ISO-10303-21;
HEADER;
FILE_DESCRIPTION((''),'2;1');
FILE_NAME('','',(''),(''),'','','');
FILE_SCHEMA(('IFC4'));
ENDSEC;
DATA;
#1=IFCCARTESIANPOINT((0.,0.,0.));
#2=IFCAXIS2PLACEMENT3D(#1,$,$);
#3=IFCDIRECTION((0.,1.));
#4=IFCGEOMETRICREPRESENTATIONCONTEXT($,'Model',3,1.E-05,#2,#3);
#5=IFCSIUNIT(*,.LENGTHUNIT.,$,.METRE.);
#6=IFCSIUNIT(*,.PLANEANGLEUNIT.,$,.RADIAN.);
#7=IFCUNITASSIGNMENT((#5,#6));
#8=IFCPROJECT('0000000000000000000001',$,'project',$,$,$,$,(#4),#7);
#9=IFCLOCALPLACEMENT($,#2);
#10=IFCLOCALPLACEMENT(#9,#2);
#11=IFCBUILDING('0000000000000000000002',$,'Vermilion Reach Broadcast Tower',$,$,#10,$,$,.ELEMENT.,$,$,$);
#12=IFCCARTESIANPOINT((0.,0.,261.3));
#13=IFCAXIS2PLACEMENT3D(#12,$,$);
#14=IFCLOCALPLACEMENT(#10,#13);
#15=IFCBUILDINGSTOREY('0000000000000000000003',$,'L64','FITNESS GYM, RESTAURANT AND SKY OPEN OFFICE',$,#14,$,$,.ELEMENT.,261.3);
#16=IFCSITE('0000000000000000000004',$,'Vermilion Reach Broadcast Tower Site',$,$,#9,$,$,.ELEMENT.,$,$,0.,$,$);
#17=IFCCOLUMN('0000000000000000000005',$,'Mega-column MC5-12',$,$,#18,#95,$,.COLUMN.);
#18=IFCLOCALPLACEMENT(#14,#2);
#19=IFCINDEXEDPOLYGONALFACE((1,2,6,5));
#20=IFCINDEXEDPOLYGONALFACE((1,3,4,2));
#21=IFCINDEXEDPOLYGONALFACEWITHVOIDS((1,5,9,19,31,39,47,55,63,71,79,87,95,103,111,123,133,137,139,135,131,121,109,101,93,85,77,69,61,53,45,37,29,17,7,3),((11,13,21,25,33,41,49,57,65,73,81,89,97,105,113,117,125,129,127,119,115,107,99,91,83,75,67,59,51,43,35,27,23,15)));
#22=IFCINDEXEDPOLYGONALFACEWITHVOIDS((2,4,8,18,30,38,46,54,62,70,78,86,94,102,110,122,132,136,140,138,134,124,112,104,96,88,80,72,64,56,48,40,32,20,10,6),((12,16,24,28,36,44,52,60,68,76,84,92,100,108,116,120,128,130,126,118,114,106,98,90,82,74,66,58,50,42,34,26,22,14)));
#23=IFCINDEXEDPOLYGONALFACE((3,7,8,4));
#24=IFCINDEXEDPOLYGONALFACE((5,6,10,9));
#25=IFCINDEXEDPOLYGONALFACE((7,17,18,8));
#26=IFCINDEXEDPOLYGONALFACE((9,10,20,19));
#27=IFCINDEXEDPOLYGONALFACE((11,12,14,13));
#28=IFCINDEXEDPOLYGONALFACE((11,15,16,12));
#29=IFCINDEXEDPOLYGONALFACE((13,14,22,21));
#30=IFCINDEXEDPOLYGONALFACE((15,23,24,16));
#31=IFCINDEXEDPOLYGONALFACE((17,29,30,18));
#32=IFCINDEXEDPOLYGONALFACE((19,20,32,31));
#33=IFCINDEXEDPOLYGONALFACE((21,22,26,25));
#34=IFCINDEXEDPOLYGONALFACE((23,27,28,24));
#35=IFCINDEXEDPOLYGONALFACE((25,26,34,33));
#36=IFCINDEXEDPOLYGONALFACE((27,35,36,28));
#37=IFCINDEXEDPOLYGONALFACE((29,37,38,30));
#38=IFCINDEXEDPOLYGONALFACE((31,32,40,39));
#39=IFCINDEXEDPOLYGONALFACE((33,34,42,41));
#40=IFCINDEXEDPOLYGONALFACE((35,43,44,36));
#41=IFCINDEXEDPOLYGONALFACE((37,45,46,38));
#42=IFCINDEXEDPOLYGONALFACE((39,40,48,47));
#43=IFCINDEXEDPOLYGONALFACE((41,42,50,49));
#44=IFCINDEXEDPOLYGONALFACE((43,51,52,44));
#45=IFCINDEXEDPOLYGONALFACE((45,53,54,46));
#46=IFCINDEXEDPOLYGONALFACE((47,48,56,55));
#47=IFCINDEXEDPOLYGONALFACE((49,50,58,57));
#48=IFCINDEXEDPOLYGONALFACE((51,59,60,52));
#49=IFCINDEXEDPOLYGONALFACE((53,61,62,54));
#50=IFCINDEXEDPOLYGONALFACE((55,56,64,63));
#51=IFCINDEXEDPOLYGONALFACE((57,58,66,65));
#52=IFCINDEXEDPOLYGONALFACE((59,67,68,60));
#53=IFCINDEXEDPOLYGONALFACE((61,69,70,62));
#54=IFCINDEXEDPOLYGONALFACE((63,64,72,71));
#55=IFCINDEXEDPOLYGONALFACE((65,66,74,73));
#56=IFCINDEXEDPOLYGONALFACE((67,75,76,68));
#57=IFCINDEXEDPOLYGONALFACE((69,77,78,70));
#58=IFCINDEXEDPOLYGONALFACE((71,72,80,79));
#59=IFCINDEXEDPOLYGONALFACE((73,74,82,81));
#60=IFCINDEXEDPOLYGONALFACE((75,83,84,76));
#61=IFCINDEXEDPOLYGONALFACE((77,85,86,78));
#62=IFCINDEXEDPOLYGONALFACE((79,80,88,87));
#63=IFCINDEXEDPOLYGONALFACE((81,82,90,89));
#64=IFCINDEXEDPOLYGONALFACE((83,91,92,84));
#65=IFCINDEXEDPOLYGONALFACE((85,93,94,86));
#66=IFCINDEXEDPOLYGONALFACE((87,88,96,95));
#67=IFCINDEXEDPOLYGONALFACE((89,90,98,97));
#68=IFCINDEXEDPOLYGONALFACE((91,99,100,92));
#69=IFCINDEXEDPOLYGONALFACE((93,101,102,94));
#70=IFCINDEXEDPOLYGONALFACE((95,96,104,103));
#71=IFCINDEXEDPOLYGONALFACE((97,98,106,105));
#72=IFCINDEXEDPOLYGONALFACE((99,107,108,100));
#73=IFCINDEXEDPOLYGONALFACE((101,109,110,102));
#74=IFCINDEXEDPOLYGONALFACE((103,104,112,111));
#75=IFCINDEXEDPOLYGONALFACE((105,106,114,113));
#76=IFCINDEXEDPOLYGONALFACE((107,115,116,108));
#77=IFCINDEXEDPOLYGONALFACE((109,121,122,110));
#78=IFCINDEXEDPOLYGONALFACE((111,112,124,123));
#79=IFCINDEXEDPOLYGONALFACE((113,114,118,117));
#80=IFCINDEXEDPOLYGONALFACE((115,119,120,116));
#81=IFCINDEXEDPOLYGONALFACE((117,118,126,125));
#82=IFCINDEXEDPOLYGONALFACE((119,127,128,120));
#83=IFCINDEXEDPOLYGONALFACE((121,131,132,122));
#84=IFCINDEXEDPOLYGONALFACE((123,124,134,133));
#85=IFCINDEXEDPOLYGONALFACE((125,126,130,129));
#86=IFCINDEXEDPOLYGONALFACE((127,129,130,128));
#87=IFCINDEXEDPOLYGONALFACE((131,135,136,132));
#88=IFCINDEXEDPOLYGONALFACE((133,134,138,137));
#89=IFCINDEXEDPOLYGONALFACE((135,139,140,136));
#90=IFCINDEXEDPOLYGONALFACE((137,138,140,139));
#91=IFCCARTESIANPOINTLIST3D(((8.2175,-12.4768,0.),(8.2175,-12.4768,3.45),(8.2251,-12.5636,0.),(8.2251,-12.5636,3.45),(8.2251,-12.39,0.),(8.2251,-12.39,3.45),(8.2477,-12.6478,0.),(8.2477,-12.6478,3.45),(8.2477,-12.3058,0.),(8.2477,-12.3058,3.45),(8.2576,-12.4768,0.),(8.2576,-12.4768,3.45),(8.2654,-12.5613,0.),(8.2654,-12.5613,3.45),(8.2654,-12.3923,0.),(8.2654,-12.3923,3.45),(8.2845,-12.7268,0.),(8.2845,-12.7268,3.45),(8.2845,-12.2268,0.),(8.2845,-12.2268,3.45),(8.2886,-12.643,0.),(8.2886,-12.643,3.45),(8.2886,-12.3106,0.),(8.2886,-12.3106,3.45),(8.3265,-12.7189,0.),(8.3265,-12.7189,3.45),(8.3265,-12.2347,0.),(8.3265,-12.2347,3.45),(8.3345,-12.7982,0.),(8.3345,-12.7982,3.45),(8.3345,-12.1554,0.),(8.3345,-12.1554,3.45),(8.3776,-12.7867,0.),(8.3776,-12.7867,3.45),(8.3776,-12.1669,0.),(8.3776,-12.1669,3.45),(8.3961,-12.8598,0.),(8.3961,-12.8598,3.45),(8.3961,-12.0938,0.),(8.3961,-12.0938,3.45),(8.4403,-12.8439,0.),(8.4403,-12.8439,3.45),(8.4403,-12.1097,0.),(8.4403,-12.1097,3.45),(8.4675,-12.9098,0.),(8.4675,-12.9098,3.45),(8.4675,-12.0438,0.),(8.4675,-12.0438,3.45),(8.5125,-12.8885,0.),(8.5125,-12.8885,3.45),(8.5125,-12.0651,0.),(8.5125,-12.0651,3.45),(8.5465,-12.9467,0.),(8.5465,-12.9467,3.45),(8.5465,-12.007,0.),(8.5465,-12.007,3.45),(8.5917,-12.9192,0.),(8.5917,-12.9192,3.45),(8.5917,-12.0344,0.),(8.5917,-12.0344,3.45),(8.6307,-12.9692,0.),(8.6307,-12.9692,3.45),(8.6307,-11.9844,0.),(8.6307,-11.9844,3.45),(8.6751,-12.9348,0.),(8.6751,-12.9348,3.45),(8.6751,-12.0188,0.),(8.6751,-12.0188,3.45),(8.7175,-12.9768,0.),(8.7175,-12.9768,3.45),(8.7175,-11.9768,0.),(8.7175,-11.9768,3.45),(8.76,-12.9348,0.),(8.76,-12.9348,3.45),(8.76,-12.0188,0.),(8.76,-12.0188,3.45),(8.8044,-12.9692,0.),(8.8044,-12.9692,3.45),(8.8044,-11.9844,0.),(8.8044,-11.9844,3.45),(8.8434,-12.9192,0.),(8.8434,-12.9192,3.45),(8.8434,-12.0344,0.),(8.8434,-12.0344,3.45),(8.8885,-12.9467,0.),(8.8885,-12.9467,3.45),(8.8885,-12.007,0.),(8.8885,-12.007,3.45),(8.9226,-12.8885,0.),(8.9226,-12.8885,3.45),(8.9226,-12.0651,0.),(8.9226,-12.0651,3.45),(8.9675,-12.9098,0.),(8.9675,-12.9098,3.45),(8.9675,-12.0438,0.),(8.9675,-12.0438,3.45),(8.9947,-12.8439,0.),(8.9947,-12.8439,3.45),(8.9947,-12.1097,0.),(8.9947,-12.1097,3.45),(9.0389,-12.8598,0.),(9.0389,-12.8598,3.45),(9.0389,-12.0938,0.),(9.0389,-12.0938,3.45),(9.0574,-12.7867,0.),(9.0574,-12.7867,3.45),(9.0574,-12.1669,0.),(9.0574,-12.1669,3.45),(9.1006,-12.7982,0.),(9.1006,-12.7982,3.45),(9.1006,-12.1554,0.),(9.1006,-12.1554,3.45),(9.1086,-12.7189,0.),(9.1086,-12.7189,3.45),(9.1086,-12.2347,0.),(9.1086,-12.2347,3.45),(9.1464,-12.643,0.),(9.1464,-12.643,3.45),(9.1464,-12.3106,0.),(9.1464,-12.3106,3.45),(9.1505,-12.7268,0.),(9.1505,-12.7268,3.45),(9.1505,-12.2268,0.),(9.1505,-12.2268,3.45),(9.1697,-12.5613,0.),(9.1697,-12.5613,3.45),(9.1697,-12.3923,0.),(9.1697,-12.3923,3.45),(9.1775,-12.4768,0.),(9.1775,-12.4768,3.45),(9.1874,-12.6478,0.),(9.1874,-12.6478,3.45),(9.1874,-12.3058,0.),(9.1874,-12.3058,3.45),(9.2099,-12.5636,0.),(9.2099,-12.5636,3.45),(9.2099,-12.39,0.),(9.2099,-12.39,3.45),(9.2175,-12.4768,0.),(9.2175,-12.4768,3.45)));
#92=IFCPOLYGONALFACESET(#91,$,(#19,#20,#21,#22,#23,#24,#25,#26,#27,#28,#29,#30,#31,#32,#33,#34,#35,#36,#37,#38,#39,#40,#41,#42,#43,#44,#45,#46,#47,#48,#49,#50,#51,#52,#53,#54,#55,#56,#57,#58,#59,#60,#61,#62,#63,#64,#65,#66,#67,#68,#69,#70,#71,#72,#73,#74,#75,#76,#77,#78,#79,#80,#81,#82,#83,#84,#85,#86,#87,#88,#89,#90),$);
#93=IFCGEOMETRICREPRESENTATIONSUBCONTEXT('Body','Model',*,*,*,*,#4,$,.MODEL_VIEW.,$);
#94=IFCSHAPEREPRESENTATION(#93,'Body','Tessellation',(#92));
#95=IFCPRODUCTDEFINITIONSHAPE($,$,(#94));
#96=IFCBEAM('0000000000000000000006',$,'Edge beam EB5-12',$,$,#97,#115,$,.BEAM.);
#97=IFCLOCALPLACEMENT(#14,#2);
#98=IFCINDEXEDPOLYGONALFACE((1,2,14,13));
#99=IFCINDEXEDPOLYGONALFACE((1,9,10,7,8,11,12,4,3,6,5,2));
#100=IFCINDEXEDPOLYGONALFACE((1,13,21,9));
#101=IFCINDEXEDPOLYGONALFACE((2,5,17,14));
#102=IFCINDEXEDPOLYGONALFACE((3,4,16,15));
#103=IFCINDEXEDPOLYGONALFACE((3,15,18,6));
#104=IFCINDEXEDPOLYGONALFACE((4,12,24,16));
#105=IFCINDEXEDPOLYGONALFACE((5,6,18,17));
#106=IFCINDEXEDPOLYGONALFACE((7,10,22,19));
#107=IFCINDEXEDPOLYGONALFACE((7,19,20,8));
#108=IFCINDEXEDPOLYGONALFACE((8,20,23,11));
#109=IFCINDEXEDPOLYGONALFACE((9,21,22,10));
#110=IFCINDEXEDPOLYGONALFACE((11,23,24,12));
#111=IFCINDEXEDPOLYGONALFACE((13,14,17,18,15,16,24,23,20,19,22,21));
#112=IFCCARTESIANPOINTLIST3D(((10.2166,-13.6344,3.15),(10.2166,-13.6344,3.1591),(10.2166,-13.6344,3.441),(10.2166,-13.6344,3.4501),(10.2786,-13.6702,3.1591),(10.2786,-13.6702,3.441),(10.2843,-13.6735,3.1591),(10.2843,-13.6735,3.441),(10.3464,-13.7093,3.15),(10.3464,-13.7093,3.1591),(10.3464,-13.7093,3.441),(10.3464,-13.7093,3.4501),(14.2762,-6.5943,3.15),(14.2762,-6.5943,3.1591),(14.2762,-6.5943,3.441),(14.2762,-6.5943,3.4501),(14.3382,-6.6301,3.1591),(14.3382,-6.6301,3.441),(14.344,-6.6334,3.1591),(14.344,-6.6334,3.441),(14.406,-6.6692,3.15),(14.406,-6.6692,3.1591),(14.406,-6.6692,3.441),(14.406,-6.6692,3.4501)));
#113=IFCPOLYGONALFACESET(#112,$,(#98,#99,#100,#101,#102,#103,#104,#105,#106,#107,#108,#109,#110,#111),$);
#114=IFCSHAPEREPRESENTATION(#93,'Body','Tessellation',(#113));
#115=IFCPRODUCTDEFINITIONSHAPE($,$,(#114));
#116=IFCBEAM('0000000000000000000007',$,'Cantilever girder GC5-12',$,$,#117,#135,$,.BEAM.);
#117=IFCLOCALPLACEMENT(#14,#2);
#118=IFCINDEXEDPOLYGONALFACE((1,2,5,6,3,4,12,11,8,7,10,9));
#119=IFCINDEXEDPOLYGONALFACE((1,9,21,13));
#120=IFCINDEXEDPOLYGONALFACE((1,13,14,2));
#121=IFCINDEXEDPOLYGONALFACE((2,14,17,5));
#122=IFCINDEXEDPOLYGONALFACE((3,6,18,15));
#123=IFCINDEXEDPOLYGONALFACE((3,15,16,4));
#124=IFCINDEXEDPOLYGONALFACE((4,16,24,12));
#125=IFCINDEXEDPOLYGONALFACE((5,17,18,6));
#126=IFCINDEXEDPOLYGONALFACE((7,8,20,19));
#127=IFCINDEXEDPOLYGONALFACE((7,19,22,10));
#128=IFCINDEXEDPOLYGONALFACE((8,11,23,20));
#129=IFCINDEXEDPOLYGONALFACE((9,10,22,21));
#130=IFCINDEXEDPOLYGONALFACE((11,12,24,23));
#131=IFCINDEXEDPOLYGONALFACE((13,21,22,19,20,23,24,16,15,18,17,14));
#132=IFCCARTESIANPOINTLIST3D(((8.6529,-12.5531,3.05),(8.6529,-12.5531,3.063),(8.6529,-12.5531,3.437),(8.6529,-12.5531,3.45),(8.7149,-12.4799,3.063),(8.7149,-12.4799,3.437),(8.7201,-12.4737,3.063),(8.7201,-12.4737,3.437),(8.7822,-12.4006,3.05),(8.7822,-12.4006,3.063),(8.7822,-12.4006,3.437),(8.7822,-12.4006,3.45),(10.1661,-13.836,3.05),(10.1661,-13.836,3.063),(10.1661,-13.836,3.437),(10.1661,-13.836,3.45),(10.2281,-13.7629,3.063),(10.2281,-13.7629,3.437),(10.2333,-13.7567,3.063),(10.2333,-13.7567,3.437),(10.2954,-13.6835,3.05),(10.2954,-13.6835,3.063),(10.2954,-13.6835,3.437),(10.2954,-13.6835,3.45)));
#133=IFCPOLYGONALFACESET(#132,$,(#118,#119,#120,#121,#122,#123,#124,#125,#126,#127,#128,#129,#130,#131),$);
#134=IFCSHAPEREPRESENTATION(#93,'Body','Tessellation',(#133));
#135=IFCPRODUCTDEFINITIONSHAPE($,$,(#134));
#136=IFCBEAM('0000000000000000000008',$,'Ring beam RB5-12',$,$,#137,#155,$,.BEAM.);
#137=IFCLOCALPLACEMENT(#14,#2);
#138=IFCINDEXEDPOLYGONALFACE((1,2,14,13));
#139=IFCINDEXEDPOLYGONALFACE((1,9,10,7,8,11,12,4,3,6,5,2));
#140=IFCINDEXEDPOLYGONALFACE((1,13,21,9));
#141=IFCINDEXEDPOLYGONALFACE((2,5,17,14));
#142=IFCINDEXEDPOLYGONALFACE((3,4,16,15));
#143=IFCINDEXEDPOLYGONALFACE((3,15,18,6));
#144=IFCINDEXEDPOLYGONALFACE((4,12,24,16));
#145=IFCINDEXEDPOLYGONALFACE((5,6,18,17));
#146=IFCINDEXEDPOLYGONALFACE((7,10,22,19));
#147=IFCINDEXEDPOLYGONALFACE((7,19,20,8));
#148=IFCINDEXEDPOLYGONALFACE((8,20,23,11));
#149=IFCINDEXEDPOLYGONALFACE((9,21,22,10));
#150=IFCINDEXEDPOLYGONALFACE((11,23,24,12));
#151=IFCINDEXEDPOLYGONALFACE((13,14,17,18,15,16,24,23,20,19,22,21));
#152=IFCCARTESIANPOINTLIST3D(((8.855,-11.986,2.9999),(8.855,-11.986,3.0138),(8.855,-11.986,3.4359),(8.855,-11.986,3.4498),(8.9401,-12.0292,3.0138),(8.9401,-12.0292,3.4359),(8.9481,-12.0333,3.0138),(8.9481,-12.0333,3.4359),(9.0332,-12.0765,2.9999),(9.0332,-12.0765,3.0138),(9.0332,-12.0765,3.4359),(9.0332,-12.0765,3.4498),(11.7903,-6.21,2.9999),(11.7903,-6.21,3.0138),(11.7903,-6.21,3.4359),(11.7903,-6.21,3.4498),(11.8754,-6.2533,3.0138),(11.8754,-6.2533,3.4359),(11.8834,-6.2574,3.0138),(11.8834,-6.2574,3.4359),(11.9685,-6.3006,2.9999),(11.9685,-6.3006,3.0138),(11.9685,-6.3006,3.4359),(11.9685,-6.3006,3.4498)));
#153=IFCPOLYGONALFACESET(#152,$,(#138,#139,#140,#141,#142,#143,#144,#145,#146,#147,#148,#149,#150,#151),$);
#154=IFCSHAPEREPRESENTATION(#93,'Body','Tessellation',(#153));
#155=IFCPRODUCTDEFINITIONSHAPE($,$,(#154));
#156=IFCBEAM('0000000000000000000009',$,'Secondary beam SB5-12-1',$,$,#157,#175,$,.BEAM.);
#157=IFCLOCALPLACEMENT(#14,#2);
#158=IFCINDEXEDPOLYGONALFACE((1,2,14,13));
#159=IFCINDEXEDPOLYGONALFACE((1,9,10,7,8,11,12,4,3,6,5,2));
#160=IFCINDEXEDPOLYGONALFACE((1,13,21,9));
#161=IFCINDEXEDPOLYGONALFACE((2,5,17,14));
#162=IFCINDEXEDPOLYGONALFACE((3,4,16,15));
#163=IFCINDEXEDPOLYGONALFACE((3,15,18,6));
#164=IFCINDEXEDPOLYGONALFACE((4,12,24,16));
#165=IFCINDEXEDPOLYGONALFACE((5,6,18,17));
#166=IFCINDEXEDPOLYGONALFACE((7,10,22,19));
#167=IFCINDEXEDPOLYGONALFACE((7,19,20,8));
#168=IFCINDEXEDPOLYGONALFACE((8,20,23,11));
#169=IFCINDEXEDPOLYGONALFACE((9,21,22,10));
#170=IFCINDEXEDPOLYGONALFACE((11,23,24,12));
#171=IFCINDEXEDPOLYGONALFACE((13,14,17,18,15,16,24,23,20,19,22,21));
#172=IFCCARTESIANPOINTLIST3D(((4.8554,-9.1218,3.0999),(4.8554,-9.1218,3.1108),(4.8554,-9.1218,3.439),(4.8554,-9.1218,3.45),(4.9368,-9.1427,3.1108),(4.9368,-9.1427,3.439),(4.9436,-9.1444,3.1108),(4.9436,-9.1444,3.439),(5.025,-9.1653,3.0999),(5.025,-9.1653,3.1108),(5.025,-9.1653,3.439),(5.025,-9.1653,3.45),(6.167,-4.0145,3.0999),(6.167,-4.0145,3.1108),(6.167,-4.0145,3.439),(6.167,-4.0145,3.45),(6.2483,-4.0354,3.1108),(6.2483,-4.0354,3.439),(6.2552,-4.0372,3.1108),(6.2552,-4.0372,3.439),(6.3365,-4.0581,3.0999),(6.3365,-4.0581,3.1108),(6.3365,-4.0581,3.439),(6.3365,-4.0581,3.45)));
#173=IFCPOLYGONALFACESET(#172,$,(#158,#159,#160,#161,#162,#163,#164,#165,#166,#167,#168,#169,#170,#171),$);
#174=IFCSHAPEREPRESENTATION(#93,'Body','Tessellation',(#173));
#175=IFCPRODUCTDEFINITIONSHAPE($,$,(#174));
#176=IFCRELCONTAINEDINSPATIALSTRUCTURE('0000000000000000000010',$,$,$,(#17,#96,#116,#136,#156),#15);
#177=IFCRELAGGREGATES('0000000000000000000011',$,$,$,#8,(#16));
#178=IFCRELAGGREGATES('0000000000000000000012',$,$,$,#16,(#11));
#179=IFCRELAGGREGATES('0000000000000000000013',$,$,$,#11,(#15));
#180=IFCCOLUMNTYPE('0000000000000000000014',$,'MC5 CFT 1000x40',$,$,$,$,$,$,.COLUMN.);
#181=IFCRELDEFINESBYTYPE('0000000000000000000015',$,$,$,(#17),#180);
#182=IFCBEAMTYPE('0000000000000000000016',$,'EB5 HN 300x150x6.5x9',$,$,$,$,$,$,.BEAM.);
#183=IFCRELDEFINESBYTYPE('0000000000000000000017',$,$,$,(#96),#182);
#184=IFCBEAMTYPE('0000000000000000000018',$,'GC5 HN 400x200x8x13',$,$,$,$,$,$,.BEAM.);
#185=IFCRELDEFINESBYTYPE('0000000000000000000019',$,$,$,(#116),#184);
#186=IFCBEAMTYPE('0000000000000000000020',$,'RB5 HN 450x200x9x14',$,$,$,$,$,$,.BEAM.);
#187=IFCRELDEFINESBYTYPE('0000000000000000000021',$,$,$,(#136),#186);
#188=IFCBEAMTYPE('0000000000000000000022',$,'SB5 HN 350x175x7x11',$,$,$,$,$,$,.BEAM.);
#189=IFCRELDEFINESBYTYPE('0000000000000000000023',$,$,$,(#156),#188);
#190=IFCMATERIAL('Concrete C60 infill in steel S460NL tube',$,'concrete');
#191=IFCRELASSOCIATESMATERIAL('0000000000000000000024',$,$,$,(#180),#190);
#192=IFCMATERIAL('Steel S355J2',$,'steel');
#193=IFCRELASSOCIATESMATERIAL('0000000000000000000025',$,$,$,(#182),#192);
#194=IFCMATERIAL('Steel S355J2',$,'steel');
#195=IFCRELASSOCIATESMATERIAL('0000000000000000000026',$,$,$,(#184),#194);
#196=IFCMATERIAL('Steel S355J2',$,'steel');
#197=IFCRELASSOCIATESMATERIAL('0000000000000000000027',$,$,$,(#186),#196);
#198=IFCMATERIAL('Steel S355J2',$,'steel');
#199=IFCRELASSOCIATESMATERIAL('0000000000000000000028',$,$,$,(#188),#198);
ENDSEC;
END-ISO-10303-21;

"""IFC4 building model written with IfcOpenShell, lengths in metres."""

from ifc_helpers import new_model, si_unit, direction, frame, origin, origin_2d, place, context, subcontext, project, spatial, hollow_circle, i_section, extrude, material, material_profile, profile_set, type_object, element, save


model = new_model("IFC4")

# Units and contexts
model_context = context("Model", 3, precision=1e-05, world=origin(), true_north=direction((0.0, 1.0)))
body_context = subcontext(model_context, "Body", "Model", "MODEL_VIEW")
ifc_project = project(units=[si_unit("LENGTHUNIT", "METRE"), si_unit("PLANEANGLEUNIT", "RADIAN")], contexts=[model_context])

# Site, building, storey
site_placement = place(None, origin())
site = spatial("IfcSite", under=ifc_project, at=site_placement, Name="Vermilion Reach Broadcast Tower Site", CompositionType="ELEMENT", RefElevation=0.0)
building_placement = place(site_placement, origin())
building = spatial("IfcBuilding", under=site, at=building_placement, Name="Vermilion Reach Broadcast Tower", CompositionType="ELEMENT")
storey_placement = place(building_placement, frame((0.0, 0.0, 261.3)))
storey = spatial("IfcBuildingStorey", under=building, at=storey_placement, Name="L64", Description="FITNESS GYM, RESTAURANT AND SKY OPEN OFFICE", CompositionType="ELEMENT", Elevation=261.3)

# Column
ifc_material_1 = material(Name="Concrete C60 infill in steel S460NL tube", Category="concrete")
ifc_material_profile_1 = material_profile(ifc_material_1, hollow_circle(Radius=0.5, WallThickness=0.04, at=origin_2d()), Name="Concrete C60 infill in steel S460NL tube CFT 1000x40")
ifc_profile_set_1 = profile_set([ifc_material_profile_1], Name="Concrete C60 infill in steel S460NL tube")
column_type = type_object("IfcColumnType", Name="MC5 CFT 1000x40", PredefinedType="COLUMN", material=ifc_profile_set_1)
column_placement = place(storey_placement, frame((8.7175, -12.4768, 0.0), z_axis=(0.0, 0.0, 1.0), x_axis=(1.0, 0.0, 0.0)))
element("IfcColumn", 1, at=column_placement, inside=storey, type_object=column_type, Name="Mega-column MC5-12", PredefinedType="COLUMN", context=body_context, shape_type="SweptSolid", body=[
    extrude(hollow_circle(Radius=0.5, WallThickness=0.04, at=origin_2d()), origin(), (0.0, 0.0, 1.0), 3.45),
])

# Beams
ifc_material_2 = material(Name="Steel S355J2", Category="steel")
ifc_material_profile_2 = material_profile(ifc_material_2, i_section(OverallWidth=0.1499, OverallDepth=0.3, WebThickness=0.0066, FlangeThickness=0.009, at=origin_2d()), Name="S355J2 HN 300x150x6.5x9")
ifc_profile_set_2 = profile_set([ifc_material_profile_2], Name="Steel S355J2")
beam_type_1 = type_object("IfcBeamType", Name="EB5 HN 300x150x6.5x9", PredefinedType="BEAM", material=ifc_profile_set_2)
beam_1_placement = place(storey_placement, frame((10.2815, -13.6719, 3.3), z_axis=(0.499539, 0.866292, 0.0), x_axis=(-0.866292, 0.499539, 0.0)))
element("IfcBeam", 2, at=beam_1_placement, inside=storey, type_object=beam_type_1, Name="Edge beam EB5-12", PredefinedType="BEAM", context=body_context, shape_type="SweptSolid", body=[
    extrude(i_section(OverallWidth=0.1499, OverallDepth=0.3, WebThickness=0.0066, FlangeThickness=0.009, at=origin_2d()), origin(), (0.0, 0.0, 1.0), 8.1267),
])
ifc_material_3 = material(Name="Steel S355J2", Category="steel")
ifc_material_profile_3 = material_profile(ifc_material_3, i_section(OverallWidth=0.2, OverallDepth=0.3999, WebThickness=0.0081, FlangeThickness=0.0129, at=origin_2d()), Name="S355J2 HN 400x200x8x13")
ifc_profile_set_3 = profile_set([ifc_material_profile_3], Name="Steel S355J2")
beam_type_2 = type_object("IfcBeamType", Name="GC5 HN 400x200x8x13", PredefinedType="BEAM", material=ifc_profile_set_3)
beam_2_placement = place(storey_placement, frame((8.7175, -12.4768, 3.25), z_axis=(0.762746, -0.646698, 0.0), x_axis=(0.646698, 0.762746, 0.0)))
element("IfcBeam", 3, at=beam_2_placement, inside=storey, type_object=beam_type_2, Name="Cantilever girder GC5-12", PredefinedType="BEAM", context=body_context, shape_type="SweptSolid", body=[
    extrude(i_section(OverallWidth=0.2, OverallDepth=0.3999, WebThickness=0.0081, FlangeThickness=0.0129, at=origin_2d()), origin(), (0.0, 0.0, 1.0), 1.9839),
])
ifc_material_4 = material(Name="Steel S355J2", Category="steel")
ifc_material_profile_4 = material_profile(ifc_material_4, i_section(OverallWidth=0.2, OverallDepth=0.45, WebThickness=0.009, FlangeThickness=0.0139, at=origin_2d()), Name="S355J2 HN 450x200x9x14")
ifc_profile_set_4 = profile_set([ifc_material_profile_4], Name="Steel S355J2")
beam_type_3 = type_object("IfcBeamType", Name="RB5 HN 450x200x9x14", PredefinedType="BEAM", material=ifc_profile_set_4)
beam_3_placement = place(storey_placement, frame((8.9441, -12.0312, 3.2249), z_axis=(0.453052, 0.891484, 0.0), x_axis=(-0.891484, 0.453052, 0.0)))
element("IfcBeam", 4, at=beam_3_placement, inside=storey, type_object=beam_type_3, Name="Ring beam RB5-12", PredefinedType="BEAM", context=body_context, shape_type="SweptSolid", body=[
    extrude(i_section(OverallWidth=0.2, OverallDepth=0.45, WebThickness=0.009, FlangeThickness=0.0139, at=origin_2d()), origin(), (0.0, 0.0, 1.0), 6.479),
])
ifc_material_5 = material(Name="Steel S355J2", Category="steel")
ifc_material_profile_5 = material_profile(ifc_material_5, i_section(OverallWidth=0.175, OverallDepth=0.3501, WebThickness=0.0071, FlangeThickness=0.011, at=origin_2d()), Name="S355J2 HN 350x175x7x11")
ifc_profile_set_5 = profile_set([ifc_material_profile_5], Name="Steel S355J2")
beam_type_4 = type_object("IfcBeamType", Name="SB5 HN 350x175x7x11", PredefinedType="BEAM", material=ifc_profile_set_5)
beam_4_placement = place(storey_placement, frame((4.9402, -9.1436, 3.2749), z_axis=(0.24873, 0.968573, 0.0), x_axis=(-0.968573, 0.24873, 0.0)))
element("IfcBeam", 5, at=beam_4_placement, inside=storey, type_object=beam_type_4, Name="Secondary beam SB5-12-1", PredefinedType="BEAM", context=body_context, shape_type="SweptSolid", body=[
    extrude(i_section(OverallWidth=0.175, OverallDepth=0.3501, WebThickness=0.0071, FlangeThickness=0.011, at=origin_2d()), origin(), (0.0, 0.0, 1.0), 5.2729),
])

save(model, "model.ifc")
